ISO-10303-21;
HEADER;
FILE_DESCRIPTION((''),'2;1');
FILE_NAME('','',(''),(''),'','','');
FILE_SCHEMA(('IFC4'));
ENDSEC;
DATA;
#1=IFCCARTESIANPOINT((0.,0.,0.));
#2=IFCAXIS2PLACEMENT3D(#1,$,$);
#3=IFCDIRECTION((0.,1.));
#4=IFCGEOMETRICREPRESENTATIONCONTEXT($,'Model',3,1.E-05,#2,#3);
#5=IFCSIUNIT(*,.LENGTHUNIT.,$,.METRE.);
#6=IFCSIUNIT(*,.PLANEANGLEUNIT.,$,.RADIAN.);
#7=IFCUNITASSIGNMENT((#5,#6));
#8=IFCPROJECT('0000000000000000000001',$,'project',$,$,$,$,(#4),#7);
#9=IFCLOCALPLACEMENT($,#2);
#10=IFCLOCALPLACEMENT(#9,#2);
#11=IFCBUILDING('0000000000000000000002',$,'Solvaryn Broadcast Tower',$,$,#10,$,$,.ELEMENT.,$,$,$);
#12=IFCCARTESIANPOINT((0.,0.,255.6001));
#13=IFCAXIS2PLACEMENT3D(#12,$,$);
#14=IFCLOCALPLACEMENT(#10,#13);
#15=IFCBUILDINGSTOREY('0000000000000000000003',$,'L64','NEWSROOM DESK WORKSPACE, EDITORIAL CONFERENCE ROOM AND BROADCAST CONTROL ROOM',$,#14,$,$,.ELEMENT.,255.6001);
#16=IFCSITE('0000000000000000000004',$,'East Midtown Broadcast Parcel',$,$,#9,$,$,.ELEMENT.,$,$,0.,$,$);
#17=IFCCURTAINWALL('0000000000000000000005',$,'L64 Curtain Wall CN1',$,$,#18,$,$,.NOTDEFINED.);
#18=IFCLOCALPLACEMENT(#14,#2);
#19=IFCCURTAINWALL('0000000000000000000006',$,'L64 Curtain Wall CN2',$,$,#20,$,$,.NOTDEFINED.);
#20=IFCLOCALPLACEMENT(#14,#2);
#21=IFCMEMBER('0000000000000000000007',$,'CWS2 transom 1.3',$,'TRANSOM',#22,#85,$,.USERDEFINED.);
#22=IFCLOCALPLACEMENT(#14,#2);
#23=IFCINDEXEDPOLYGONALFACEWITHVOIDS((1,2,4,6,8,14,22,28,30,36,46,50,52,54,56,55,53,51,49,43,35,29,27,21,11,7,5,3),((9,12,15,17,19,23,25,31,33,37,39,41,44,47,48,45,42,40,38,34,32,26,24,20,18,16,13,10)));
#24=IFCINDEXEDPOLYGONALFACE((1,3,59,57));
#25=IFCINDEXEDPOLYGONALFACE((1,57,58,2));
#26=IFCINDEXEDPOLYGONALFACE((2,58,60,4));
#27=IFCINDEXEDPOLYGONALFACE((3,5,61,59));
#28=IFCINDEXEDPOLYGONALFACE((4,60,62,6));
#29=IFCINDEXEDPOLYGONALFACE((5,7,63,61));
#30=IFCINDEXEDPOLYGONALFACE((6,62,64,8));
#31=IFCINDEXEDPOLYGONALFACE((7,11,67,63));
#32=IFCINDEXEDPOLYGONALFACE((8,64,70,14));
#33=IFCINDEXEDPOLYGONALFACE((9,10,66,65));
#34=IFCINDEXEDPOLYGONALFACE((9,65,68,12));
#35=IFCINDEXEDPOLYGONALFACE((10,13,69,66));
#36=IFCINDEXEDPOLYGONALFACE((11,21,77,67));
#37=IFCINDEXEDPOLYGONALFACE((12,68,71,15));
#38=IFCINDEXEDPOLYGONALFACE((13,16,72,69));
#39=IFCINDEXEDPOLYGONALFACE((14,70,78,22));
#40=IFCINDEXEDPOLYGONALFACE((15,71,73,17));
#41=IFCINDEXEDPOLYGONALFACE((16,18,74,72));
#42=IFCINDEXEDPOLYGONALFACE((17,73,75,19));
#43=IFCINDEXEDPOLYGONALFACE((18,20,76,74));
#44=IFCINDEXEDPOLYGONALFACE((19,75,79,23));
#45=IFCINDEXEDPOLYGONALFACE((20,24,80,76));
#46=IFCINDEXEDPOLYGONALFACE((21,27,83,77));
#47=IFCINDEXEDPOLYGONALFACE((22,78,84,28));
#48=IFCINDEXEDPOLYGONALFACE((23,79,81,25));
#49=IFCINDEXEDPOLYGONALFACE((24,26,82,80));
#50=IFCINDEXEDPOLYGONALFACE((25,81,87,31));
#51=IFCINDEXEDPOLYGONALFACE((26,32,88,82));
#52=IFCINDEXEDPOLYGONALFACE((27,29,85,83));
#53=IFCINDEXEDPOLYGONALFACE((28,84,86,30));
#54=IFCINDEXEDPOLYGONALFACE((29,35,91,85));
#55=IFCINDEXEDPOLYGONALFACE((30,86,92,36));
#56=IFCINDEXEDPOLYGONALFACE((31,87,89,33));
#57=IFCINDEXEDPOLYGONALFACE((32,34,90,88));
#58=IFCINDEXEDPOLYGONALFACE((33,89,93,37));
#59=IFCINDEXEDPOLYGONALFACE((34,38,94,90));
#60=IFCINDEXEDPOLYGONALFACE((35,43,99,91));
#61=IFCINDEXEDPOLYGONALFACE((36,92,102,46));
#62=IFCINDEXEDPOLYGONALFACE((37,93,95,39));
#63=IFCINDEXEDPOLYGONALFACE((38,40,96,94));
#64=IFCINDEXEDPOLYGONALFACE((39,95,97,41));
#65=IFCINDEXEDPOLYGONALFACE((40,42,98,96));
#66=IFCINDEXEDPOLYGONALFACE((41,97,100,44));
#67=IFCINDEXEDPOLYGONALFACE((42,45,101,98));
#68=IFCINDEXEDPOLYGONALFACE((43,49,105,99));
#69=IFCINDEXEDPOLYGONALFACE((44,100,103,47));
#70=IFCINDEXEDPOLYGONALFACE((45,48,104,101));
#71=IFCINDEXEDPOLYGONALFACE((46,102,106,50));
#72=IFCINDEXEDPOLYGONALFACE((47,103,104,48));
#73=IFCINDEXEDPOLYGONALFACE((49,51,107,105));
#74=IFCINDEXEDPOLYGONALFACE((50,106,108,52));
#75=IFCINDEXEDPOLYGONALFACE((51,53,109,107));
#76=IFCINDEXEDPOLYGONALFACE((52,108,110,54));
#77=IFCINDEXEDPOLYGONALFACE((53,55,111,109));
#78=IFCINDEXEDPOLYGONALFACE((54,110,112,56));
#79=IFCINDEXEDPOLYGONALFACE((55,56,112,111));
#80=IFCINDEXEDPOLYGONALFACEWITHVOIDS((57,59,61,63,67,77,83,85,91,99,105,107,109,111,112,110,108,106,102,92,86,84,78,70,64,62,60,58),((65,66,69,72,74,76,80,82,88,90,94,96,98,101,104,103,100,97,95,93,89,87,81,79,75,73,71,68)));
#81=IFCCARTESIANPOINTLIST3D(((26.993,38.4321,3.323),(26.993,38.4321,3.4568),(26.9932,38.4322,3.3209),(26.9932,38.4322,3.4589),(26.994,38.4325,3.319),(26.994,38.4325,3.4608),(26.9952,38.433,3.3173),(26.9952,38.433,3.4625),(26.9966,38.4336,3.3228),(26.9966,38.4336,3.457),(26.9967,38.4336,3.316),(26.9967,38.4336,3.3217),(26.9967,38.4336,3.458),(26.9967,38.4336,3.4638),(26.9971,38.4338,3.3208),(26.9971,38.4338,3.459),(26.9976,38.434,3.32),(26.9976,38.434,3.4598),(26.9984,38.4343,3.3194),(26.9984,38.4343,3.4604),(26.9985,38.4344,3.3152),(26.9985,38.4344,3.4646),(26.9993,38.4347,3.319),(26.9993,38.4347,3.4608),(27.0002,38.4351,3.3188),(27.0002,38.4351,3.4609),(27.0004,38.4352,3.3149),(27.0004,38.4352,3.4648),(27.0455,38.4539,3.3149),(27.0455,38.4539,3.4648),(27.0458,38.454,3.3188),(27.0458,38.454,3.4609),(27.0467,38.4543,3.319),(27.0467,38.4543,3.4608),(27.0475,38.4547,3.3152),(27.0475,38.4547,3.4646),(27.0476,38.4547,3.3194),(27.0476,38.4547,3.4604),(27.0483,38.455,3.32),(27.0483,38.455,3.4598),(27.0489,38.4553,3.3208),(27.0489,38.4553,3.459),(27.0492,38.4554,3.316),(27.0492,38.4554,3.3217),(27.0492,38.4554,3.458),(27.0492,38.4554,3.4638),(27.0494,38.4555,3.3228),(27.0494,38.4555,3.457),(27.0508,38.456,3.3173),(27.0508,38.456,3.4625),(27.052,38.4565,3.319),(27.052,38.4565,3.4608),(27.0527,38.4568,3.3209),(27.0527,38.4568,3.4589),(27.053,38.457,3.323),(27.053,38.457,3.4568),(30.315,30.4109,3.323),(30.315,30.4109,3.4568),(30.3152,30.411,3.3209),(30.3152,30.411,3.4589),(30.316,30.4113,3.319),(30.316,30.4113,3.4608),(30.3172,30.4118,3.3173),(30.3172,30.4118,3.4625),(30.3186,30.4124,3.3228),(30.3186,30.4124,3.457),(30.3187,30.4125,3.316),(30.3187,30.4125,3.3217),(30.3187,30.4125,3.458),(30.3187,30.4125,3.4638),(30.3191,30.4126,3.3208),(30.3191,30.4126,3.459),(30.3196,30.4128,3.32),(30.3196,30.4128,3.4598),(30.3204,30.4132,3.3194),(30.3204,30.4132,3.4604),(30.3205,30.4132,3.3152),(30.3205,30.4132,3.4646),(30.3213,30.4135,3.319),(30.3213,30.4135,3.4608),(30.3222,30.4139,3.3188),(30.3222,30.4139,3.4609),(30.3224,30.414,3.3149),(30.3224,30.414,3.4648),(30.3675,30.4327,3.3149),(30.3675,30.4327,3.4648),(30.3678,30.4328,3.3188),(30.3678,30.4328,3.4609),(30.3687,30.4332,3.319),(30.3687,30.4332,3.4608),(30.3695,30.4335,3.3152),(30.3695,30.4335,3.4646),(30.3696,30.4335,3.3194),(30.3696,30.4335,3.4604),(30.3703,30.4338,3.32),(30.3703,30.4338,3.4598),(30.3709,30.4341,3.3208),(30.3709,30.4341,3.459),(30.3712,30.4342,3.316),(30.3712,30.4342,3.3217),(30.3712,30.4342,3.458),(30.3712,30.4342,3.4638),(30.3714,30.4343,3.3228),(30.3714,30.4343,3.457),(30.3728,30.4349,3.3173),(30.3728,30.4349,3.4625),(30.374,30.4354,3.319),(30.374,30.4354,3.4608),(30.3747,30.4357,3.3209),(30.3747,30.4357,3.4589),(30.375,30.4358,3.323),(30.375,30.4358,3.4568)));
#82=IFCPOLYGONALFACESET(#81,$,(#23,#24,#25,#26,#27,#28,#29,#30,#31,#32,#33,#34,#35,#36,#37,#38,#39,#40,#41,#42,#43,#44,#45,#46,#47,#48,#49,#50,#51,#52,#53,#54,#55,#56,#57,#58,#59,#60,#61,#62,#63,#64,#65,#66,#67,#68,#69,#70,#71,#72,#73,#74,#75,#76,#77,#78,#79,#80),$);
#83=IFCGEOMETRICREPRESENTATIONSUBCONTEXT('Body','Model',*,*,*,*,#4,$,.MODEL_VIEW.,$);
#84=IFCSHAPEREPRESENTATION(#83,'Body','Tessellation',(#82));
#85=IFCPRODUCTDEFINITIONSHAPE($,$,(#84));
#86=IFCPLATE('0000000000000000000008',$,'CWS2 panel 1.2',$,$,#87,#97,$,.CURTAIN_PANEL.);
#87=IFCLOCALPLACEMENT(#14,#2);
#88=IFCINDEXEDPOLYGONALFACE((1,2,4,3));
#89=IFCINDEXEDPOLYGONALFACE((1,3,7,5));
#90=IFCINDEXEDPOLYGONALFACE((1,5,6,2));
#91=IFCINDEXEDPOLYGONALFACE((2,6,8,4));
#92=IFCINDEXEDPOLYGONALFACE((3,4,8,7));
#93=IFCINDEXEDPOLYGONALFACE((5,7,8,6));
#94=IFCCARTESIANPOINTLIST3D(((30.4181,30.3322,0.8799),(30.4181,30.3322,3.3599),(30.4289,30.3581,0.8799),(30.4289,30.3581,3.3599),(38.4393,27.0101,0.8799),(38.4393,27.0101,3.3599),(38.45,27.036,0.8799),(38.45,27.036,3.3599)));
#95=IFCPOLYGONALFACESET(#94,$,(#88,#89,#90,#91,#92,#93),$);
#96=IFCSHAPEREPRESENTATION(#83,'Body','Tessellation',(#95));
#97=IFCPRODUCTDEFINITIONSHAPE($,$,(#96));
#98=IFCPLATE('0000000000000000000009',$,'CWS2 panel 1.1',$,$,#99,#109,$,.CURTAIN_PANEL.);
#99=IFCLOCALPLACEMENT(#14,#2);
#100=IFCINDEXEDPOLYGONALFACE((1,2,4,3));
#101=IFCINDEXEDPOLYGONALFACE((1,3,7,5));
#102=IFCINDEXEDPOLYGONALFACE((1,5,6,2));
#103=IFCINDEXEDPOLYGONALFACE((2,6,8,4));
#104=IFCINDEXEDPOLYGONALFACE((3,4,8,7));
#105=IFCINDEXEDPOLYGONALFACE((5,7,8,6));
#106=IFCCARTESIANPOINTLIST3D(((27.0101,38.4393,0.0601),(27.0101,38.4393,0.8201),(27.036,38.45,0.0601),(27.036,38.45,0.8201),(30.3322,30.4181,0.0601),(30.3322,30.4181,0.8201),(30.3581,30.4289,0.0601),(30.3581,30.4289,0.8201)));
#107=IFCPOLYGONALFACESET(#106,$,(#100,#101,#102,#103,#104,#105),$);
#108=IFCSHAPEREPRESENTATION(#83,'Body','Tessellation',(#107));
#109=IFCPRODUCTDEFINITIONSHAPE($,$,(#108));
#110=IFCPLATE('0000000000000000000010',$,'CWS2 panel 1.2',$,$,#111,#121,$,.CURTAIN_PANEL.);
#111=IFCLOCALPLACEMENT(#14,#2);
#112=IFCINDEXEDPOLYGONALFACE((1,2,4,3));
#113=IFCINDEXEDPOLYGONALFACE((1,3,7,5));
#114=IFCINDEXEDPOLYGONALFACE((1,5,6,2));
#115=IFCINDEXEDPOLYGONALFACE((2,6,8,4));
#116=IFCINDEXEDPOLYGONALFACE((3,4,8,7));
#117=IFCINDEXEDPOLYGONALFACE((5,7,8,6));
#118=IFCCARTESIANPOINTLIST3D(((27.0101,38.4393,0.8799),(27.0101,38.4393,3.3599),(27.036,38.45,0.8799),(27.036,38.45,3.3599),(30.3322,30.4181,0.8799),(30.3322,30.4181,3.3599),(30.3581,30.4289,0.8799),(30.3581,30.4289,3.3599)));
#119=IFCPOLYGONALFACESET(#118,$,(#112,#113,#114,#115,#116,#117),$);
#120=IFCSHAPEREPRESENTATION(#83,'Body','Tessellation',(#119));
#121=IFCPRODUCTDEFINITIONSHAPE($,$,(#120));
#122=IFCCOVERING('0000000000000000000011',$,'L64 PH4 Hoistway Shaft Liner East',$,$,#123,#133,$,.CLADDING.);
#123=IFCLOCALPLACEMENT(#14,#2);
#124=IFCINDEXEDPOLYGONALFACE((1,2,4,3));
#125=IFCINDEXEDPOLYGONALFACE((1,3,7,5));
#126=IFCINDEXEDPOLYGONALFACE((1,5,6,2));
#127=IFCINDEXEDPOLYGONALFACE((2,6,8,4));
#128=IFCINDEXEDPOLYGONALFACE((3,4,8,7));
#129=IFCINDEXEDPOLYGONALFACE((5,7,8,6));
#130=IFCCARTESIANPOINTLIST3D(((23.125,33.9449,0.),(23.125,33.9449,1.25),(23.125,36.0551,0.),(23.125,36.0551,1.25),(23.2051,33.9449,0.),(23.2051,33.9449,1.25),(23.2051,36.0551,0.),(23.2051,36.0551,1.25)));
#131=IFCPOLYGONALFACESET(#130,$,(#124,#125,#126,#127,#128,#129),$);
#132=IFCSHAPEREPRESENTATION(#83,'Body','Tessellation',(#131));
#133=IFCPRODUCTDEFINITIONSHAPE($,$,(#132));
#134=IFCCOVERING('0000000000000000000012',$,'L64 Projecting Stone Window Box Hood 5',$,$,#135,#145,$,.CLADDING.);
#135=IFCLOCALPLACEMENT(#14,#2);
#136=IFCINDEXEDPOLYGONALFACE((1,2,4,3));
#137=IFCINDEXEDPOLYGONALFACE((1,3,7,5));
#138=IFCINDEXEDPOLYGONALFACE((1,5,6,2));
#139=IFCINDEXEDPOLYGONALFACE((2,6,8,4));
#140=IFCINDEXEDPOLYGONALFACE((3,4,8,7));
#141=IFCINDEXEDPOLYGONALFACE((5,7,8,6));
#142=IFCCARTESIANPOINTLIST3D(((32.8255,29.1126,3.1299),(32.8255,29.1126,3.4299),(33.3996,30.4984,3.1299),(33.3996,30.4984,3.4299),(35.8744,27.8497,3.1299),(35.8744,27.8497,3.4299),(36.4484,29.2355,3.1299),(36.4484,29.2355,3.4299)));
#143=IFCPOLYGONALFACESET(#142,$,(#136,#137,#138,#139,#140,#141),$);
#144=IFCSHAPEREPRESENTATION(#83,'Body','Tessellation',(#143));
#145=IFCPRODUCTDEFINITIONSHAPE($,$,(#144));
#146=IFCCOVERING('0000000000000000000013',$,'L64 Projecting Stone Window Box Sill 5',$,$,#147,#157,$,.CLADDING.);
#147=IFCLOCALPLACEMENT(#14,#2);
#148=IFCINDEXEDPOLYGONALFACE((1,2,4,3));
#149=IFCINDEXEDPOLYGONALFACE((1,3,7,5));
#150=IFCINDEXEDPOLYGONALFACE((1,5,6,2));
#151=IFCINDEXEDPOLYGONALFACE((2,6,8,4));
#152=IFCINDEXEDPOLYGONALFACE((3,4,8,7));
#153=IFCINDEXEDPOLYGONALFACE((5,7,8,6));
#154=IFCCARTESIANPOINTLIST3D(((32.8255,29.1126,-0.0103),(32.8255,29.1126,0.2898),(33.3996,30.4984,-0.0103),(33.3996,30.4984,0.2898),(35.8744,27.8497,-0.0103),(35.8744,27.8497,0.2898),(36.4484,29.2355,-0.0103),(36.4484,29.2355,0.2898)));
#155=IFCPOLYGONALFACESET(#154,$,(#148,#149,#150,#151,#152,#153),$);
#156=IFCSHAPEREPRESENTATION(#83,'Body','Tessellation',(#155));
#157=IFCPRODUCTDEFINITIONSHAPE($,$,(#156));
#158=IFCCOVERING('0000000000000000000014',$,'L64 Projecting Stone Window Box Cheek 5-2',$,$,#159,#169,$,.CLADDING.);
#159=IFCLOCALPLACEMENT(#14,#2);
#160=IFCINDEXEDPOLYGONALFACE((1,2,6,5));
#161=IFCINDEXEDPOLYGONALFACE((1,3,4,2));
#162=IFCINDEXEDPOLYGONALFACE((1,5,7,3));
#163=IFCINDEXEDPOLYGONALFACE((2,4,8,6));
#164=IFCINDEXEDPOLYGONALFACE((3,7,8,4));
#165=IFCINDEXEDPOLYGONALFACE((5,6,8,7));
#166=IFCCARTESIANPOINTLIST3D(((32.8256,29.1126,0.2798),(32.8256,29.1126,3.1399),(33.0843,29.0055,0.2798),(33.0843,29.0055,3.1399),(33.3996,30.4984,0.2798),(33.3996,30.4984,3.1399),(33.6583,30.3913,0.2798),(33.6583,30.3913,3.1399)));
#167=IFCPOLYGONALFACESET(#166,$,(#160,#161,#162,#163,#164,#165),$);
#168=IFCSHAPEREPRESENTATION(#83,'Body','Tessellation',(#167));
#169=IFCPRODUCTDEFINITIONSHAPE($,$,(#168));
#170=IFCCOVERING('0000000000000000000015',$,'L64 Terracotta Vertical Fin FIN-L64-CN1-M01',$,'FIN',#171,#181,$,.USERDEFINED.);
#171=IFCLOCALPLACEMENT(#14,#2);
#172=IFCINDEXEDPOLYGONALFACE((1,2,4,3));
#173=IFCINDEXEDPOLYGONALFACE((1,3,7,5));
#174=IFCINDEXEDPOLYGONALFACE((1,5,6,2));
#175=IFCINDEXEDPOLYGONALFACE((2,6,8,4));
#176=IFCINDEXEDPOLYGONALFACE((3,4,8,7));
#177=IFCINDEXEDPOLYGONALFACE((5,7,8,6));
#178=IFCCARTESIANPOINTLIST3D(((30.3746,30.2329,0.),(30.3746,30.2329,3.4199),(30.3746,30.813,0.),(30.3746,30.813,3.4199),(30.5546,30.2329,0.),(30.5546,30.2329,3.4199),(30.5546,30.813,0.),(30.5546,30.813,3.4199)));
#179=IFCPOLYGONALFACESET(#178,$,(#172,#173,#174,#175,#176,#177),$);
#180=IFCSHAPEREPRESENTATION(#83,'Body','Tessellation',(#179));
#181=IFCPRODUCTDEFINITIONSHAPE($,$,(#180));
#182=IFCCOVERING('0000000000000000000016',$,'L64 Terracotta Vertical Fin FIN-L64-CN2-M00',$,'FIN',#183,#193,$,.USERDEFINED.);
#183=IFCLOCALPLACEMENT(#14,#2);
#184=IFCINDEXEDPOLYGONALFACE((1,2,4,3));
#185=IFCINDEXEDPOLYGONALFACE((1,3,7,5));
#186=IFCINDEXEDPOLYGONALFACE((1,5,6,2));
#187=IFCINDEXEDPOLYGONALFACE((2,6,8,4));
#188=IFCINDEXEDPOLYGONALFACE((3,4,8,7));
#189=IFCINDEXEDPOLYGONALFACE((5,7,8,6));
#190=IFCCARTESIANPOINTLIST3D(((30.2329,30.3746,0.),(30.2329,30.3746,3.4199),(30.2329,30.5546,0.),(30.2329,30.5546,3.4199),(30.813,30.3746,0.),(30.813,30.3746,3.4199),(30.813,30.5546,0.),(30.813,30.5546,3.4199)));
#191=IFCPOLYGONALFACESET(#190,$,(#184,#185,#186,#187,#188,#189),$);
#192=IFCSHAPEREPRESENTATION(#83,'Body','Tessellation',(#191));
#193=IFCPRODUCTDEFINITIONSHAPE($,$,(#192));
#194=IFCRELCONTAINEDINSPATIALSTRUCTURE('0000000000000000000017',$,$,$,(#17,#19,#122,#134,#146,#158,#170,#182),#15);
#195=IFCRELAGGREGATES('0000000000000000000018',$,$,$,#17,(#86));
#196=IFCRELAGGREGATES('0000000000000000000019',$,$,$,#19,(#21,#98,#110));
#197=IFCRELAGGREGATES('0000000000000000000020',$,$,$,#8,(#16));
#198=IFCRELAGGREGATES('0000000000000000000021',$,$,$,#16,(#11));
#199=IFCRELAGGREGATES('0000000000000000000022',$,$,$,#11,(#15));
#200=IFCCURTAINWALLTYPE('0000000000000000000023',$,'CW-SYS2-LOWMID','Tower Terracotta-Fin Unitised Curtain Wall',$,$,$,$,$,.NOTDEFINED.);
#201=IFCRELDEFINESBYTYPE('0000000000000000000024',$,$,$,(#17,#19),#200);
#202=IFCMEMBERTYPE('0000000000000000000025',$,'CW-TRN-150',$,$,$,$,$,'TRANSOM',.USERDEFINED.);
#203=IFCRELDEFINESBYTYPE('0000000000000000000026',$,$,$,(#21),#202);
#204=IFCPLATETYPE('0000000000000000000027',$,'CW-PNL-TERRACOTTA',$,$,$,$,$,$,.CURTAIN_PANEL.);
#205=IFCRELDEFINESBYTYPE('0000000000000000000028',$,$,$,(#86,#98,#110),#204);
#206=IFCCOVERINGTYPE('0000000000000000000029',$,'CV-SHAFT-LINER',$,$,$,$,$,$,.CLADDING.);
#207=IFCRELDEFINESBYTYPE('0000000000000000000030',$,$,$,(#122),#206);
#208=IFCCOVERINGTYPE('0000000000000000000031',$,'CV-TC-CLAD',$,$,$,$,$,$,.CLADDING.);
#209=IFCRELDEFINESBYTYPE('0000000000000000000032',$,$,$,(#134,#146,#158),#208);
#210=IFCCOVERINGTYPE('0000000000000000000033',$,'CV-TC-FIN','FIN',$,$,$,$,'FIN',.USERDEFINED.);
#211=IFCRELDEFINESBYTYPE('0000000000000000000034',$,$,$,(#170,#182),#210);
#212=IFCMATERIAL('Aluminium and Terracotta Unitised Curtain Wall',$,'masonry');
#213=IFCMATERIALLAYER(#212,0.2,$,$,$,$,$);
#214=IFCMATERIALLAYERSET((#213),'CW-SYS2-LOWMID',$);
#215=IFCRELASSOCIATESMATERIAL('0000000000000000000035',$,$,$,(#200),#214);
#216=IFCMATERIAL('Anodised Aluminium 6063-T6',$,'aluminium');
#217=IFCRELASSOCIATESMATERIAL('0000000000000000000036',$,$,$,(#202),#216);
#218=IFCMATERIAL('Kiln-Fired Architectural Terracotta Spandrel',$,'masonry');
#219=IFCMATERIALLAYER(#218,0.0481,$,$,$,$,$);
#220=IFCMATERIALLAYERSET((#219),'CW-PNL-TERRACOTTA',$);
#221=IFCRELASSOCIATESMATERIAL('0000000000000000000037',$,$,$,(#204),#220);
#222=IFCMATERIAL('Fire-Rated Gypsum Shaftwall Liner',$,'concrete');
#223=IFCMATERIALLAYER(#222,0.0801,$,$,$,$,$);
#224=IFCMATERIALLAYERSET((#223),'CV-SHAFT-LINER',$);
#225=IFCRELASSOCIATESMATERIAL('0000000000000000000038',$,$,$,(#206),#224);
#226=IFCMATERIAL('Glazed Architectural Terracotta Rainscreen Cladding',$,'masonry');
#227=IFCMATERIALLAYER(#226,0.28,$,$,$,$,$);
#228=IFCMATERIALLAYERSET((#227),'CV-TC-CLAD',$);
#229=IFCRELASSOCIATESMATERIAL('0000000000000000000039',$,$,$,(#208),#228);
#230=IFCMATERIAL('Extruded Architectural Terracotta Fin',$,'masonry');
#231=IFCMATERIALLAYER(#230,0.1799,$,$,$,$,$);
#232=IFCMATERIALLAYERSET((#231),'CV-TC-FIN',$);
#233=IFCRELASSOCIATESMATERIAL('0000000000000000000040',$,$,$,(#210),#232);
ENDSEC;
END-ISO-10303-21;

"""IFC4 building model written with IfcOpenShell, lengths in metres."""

from ifc_helpers import new_model, si_unit, direction, frame, origin, origin_2d, place, context, subcontext, project, spatial, rectangle, hollow_rectangle, extrude, material, layer, layer_set, material_profile, profile_set, type_object, element, aggregate, save


model = new_model("IFC4")

# Units and contexts
model_context = context("Model", 3, precision=1e-05, world=origin(), true_north=direction((0.0, 1.0)))
body_context = subcontext(model_context, "Body", "Model", "MODEL_VIEW")
ifc_project = project(units=[si_unit("LENGTHUNIT", "METRE"), si_unit("PLANEANGLEUNIT", "RADIAN")], contexts=[model_context])

# Site, building, storey
site_placement = place(None, origin())
site = spatial("IfcSite", under=ifc_project, at=site_placement, Name="East Midtown Broadcast Parcel", CompositionType="ELEMENT", RefElevation=0.0)
building_placement = place(site_placement, origin())
building = spatial("IfcBuilding", under=site, at=building_placement, Name="Solvaryn Broadcast Tower", CompositionType="ELEMENT")
storey_placement = place(building_placement, frame((0.0, 0.0, 255.6001)))
storey = spatial("IfcBuildingStorey", under=building, at=storey_placement, Name="L64", Description="NEWSROOM DESK WORKSPACE, EDITORIAL CONFERENCE ROOM AND BROADCAST CONTROL ROOM", CompositionType="ELEMENT", Elevation=255.6001)

# Curtain wall
ifc_material_1 = material(Name="Aluminium and Terracotta Unitised Curtain Wall", Category="masonry")
ifc_layer_1 = layer(ifc_material_1, 0.2)
ifc_layer_set_1 = layer_set([ifc_layer_1], Name="CW-SYS2-LOWMID")
curtain_wall_type = type_object("IfcCurtainWallType", Name="CW-SYS2-LOWMID", Description="Tower Terracotta-Fin Unitised Curtain Wall", PredefinedType="NOTDEFINED", material=ifc_layer_set_1)
curtain_wall_1_placement = place(storey_placement, origin())
curtain_wall_1 = element("IfcCurtainWall", 1, at=curtain_wall_1_placement, inside=storey, type_object=curtain_wall_type, Name="L64 Curtain Wall CN1", PredefinedType="NOTDEFINED")

# Curtain wall, member
curtain_wall_2_placement = place(storey_placement, origin())
curtain_wall_2 = element("IfcCurtainWall", 2, at=curtain_wall_2_placement, inside=storey, type_object=curtain_wall_type, Name="L64 Curtain Wall CN2", PredefinedType="NOTDEFINED")
ifc_material_2 = material(Name="Anodised Aluminium 6063-T6", Category="aluminium")
ifc_material_profile_1 = material_profile(ifc_material_2, hollow_rectangle(XDim=0.0649, YDim=0.1499, WallThickness=0.0039, InnerFilletRadius=0.0039, OuterFilletRadius=0.0081, at=origin_2d()))
ifc_profile_set_1 = profile_set([ifc_material_profile_1], Name="Anodised Aluminium 6063-T6")
member_type_1 = type_object("IfcMemberType", Name="CW-TRN-150", ElementType="TRANSOM", PredefinedType="USERDEFINED", material=ifc_profile_set_1)
member_1_placement = place(storey_placement, frame((30.345, 30.4233, 3.3899), z_axis=(-0.382636, 0.923899, 0.0), x_axis=(-0.923899, -0.382636, 0.0)))
member_1 = element("IfcMember", 3, at=member_1_placement, type_object=member_type_1, Name="CWS2 transom 1.3", ObjectType="TRANSOM", PredefinedType="USERDEFINED", context=body_context, shape_type="SweptSolid", body=[
    extrude(hollow_rectangle(XDim=0.0649, YDim=0.1499, WallThickness=0.0039, InnerFilletRadius=0.0039, OuterFilletRadius=0.0081, at=origin_2d()), origin(), (0.0, 0.0, 1.0), 8.6819),
])

# Plates
ifc_material_3 = material(Name="Kiln-Fired Architectural Terracotta Spandrel", Category="masonry")
ifc_layer_2 = layer(ifc_material_3, 0.0481)
ifc_layer_set_2 = layer_set([ifc_layer_2], Name="CW-PNL-TERRACOTTA")
plate_type = type_object("IfcPlateType", Name="CW-PNL-TERRACOTTA", PredefinedType="CURTAIN_PANEL", material=ifc_layer_set_2)
plate_1_placement = place(storey_placement, frame((34.4341, 28.6841, 0.8799), z_axis=(0.0, 0.0, 1.0), x_axis=(-0.923895, 0.382646, 0.0)))
plate_1 = element("IfcPlate", 4, at=plate_1_placement, type_object=plate_type, Name="CWS2 panel 1.2", PredefinedType="CURTAIN_PANEL", context=body_context, shape_type="SweptSolid", body=[
    extrude(rectangle(XDim=8.6819, YDim=0.0281, at=origin_2d()), origin(), (0.0, 0.0, 1.0), 2.48),
])
aggregate(curtain_wall_1, [plate_1])
plate_2_placement = place(storey_placement, frame((28.6841, 34.4341, 0.0601), z_axis=(0.0, 0.0, 1.0), x_axis=(-0.382646, 0.923895, 0.0)))
plate_2 = element("IfcPlate", 5, at=plate_2_placement, type_object=plate_type, Name="CWS2 panel 1.1", PredefinedType="CURTAIN_PANEL", context=body_context, shape_type="SweptSolid", body=[
    extrude(rectangle(XDim=8.6819, YDim=0.0281, at=origin_2d()), origin(), (0.0, 0.0, 1.0), 0.76),
])
plate_3_placement = place(storey_placement, frame((28.6841, 34.4341, 0.8799), z_axis=(0.0, 0.0, 1.0), x_axis=(-0.382646, 0.923895, 0.0)))
plate_3 = element("IfcPlate", 6, at=plate_3_placement, type_object=plate_type, Name="CWS2 panel 1.2", PredefinedType="CURTAIN_PANEL", context=body_context, shape_type="SweptSolid", body=[
    extrude(rectangle(XDim=8.6819, YDim=0.0281, at=origin_2d()), origin(), (0.0, 0.0, 1.0), 2.48),
])
aggregate(curtain_wall_2, [member_1, plate_2, plate_3])

# Coverings
ifc_material_4 = material(Name="Fire-Rated Gypsum Shaftwall Liner", Category="concrete")
ifc_layer_3 = layer(ifc_material_4, 0.0801)
ifc_layer_set_3 = layer_set([ifc_layer_3], Name="CV-SHAFT-LINER")
covering_type_1 = type_object("IfcCoveringType", Name="CV-SHAFT-LINER", PredefinedType="CLADDING", material=ifc_layer_set_3)
covering_1_placement = place(storey_placement, frame((23.165, 35.0, 0.0), z_axis=(0.0, 0.0, 1.0), x_axis=(1.0, 0.0, 0.0)))
element("IfcCovering", 7, at=covering_1_placement, inside=storey, type_object=covering_type_1, Name="L64 PH4 Hoistway Shaft Liner East", PredefinedType="CLADDING", context=body_context, shape_type="SweptSolid", body=[
    extrude(rectangle(XDim=0.0801, YDim=2.1101, at=origin_2d()), origin(), (0.0, 0.0, 1.0), 1.25),
])
ifc_material_5 = material(Name="Glazed Architectural Terracotta Rainscreen Cladding", Category="masonry")
ifc_layer_4 = layer(ifc_material_5, 0.28)
ifc_layer_set_4 = layer_set([ifc_layer_4], Name="CV-TC-CLAD")
covering_type_2 = type_object("IfcCoveringType", Name="CV-TC-CLAD", PredefinedType="CLADDING", material=ifc_layer_set_4)
for number, where, z_axis, x_axis, name in (
    (8, (34.637, 29.1741, 3.1299), (0.0, 0.0, 1.0), (-0.92388, 0.382683, 0.0), "L64 Projecting Stone Window Box Hood 5"),
    (9, (34.637, 29.1741, -0.0103), (0.0, 0.0, 1.0), (-0.92388, 0.382683, 0.0), "L64 Projecting Stone Window Box Sill 5"),
):
    element("IfcCovering", number, at=place(storey_placement, frame(where, z_axis=z_axis, x_axis=x_axis)), inside=storey, type_object=covering_type_2, Name=name, PredefinedType="CLADDING", context=body_context, shape_type="SweptSolid", body=[
        extrude(rectangle(XDim=3.3, YDim=1.5, at=origin_2d()), origin(), (0.0, 0.0, 1.0), 0.3),
    ])
covering_2_placement = place(storey_placement, frame((33.2419, 29.752, 0.2798), z_axis=(0.0, 0.0, 1.0), x_axis=(-0.92388, 0.382683, 0.0)))
element("IfcCovering", 10, at=covering_2_placement, inside=storey, type_object=covering_type_2, Name="L64 Projecting Stone Window Box Cheek 5-2", PredefinedType="CLADDING", context=body_context, shape_type="SweptSolid", body=[
    extrude(rectangle(XDim=0.28, YDim=1.5, at=origin_2d()), origin(), (0.0, 0.0, 1.0), 2.8601),
])
ifc_material_6 = material(Name="Extruded Architectural Terracotta Fin", Category="masonry")
ifc_layer_5 = layer(ifc_material_6, 0.1799)
ifc_layer_set_5 = layer_set([ifc_layer_5], Name="CV-TC-FIN")
covering_type_3 = type_object("IfcCoveringType", Name="CV-TC-FIN", Description="FIN", ElementType="FIN", PredefinedType="USERDEFINED", material=ifc_layer_set_5)
covering_3_placement = place(storey_placement, frame((30.4646, 30.5229, 0.0), z_axis=(0.0, 0.0, 1.0), x_axis=(1.0, 0.0, 0.0)))
element("IfcCovering", 11, at=covering_3_placement, inside=storey, type_object=covering_type_3, Name="L64 Terracotta Vertical Fin FIN-L64-CN1-M01", ObjectType="FIN", PredefinedType="USERDEFINED", context=body_context, shape_type="SweptSolid", body=[
    extrude(rectangle(XDim=0.1799, YDim=0.5801, at=origin_2d()), origin(), (0.0, 0.0, 1.0), 3.4199),
])
covering_4_placement = place(storey_placement, frame((30.5229, 30.4646, 0.0), z_axis=(0.0, 0.0, 1.0), x_axis=(1.0, 0.0, 0.0)))
element("IfcCovering", 12, at=covering_4_placement, inside=storey, type_object=covering_type_3, Name="L64 Terracotta Vertical Fin FIN-L64-CN2-M00", ObjectType="FIN", PredefinedType="USERDEFINED", context=body_context, shape_type="SweptSolid", body=[
    extrude(rectangle(XDim=0.5801, YDim=0.1799, at=origin_2d()), origin(), (0.0, 0.0, 1.0), 3.4199),
])

save(model, "model.ifc")
